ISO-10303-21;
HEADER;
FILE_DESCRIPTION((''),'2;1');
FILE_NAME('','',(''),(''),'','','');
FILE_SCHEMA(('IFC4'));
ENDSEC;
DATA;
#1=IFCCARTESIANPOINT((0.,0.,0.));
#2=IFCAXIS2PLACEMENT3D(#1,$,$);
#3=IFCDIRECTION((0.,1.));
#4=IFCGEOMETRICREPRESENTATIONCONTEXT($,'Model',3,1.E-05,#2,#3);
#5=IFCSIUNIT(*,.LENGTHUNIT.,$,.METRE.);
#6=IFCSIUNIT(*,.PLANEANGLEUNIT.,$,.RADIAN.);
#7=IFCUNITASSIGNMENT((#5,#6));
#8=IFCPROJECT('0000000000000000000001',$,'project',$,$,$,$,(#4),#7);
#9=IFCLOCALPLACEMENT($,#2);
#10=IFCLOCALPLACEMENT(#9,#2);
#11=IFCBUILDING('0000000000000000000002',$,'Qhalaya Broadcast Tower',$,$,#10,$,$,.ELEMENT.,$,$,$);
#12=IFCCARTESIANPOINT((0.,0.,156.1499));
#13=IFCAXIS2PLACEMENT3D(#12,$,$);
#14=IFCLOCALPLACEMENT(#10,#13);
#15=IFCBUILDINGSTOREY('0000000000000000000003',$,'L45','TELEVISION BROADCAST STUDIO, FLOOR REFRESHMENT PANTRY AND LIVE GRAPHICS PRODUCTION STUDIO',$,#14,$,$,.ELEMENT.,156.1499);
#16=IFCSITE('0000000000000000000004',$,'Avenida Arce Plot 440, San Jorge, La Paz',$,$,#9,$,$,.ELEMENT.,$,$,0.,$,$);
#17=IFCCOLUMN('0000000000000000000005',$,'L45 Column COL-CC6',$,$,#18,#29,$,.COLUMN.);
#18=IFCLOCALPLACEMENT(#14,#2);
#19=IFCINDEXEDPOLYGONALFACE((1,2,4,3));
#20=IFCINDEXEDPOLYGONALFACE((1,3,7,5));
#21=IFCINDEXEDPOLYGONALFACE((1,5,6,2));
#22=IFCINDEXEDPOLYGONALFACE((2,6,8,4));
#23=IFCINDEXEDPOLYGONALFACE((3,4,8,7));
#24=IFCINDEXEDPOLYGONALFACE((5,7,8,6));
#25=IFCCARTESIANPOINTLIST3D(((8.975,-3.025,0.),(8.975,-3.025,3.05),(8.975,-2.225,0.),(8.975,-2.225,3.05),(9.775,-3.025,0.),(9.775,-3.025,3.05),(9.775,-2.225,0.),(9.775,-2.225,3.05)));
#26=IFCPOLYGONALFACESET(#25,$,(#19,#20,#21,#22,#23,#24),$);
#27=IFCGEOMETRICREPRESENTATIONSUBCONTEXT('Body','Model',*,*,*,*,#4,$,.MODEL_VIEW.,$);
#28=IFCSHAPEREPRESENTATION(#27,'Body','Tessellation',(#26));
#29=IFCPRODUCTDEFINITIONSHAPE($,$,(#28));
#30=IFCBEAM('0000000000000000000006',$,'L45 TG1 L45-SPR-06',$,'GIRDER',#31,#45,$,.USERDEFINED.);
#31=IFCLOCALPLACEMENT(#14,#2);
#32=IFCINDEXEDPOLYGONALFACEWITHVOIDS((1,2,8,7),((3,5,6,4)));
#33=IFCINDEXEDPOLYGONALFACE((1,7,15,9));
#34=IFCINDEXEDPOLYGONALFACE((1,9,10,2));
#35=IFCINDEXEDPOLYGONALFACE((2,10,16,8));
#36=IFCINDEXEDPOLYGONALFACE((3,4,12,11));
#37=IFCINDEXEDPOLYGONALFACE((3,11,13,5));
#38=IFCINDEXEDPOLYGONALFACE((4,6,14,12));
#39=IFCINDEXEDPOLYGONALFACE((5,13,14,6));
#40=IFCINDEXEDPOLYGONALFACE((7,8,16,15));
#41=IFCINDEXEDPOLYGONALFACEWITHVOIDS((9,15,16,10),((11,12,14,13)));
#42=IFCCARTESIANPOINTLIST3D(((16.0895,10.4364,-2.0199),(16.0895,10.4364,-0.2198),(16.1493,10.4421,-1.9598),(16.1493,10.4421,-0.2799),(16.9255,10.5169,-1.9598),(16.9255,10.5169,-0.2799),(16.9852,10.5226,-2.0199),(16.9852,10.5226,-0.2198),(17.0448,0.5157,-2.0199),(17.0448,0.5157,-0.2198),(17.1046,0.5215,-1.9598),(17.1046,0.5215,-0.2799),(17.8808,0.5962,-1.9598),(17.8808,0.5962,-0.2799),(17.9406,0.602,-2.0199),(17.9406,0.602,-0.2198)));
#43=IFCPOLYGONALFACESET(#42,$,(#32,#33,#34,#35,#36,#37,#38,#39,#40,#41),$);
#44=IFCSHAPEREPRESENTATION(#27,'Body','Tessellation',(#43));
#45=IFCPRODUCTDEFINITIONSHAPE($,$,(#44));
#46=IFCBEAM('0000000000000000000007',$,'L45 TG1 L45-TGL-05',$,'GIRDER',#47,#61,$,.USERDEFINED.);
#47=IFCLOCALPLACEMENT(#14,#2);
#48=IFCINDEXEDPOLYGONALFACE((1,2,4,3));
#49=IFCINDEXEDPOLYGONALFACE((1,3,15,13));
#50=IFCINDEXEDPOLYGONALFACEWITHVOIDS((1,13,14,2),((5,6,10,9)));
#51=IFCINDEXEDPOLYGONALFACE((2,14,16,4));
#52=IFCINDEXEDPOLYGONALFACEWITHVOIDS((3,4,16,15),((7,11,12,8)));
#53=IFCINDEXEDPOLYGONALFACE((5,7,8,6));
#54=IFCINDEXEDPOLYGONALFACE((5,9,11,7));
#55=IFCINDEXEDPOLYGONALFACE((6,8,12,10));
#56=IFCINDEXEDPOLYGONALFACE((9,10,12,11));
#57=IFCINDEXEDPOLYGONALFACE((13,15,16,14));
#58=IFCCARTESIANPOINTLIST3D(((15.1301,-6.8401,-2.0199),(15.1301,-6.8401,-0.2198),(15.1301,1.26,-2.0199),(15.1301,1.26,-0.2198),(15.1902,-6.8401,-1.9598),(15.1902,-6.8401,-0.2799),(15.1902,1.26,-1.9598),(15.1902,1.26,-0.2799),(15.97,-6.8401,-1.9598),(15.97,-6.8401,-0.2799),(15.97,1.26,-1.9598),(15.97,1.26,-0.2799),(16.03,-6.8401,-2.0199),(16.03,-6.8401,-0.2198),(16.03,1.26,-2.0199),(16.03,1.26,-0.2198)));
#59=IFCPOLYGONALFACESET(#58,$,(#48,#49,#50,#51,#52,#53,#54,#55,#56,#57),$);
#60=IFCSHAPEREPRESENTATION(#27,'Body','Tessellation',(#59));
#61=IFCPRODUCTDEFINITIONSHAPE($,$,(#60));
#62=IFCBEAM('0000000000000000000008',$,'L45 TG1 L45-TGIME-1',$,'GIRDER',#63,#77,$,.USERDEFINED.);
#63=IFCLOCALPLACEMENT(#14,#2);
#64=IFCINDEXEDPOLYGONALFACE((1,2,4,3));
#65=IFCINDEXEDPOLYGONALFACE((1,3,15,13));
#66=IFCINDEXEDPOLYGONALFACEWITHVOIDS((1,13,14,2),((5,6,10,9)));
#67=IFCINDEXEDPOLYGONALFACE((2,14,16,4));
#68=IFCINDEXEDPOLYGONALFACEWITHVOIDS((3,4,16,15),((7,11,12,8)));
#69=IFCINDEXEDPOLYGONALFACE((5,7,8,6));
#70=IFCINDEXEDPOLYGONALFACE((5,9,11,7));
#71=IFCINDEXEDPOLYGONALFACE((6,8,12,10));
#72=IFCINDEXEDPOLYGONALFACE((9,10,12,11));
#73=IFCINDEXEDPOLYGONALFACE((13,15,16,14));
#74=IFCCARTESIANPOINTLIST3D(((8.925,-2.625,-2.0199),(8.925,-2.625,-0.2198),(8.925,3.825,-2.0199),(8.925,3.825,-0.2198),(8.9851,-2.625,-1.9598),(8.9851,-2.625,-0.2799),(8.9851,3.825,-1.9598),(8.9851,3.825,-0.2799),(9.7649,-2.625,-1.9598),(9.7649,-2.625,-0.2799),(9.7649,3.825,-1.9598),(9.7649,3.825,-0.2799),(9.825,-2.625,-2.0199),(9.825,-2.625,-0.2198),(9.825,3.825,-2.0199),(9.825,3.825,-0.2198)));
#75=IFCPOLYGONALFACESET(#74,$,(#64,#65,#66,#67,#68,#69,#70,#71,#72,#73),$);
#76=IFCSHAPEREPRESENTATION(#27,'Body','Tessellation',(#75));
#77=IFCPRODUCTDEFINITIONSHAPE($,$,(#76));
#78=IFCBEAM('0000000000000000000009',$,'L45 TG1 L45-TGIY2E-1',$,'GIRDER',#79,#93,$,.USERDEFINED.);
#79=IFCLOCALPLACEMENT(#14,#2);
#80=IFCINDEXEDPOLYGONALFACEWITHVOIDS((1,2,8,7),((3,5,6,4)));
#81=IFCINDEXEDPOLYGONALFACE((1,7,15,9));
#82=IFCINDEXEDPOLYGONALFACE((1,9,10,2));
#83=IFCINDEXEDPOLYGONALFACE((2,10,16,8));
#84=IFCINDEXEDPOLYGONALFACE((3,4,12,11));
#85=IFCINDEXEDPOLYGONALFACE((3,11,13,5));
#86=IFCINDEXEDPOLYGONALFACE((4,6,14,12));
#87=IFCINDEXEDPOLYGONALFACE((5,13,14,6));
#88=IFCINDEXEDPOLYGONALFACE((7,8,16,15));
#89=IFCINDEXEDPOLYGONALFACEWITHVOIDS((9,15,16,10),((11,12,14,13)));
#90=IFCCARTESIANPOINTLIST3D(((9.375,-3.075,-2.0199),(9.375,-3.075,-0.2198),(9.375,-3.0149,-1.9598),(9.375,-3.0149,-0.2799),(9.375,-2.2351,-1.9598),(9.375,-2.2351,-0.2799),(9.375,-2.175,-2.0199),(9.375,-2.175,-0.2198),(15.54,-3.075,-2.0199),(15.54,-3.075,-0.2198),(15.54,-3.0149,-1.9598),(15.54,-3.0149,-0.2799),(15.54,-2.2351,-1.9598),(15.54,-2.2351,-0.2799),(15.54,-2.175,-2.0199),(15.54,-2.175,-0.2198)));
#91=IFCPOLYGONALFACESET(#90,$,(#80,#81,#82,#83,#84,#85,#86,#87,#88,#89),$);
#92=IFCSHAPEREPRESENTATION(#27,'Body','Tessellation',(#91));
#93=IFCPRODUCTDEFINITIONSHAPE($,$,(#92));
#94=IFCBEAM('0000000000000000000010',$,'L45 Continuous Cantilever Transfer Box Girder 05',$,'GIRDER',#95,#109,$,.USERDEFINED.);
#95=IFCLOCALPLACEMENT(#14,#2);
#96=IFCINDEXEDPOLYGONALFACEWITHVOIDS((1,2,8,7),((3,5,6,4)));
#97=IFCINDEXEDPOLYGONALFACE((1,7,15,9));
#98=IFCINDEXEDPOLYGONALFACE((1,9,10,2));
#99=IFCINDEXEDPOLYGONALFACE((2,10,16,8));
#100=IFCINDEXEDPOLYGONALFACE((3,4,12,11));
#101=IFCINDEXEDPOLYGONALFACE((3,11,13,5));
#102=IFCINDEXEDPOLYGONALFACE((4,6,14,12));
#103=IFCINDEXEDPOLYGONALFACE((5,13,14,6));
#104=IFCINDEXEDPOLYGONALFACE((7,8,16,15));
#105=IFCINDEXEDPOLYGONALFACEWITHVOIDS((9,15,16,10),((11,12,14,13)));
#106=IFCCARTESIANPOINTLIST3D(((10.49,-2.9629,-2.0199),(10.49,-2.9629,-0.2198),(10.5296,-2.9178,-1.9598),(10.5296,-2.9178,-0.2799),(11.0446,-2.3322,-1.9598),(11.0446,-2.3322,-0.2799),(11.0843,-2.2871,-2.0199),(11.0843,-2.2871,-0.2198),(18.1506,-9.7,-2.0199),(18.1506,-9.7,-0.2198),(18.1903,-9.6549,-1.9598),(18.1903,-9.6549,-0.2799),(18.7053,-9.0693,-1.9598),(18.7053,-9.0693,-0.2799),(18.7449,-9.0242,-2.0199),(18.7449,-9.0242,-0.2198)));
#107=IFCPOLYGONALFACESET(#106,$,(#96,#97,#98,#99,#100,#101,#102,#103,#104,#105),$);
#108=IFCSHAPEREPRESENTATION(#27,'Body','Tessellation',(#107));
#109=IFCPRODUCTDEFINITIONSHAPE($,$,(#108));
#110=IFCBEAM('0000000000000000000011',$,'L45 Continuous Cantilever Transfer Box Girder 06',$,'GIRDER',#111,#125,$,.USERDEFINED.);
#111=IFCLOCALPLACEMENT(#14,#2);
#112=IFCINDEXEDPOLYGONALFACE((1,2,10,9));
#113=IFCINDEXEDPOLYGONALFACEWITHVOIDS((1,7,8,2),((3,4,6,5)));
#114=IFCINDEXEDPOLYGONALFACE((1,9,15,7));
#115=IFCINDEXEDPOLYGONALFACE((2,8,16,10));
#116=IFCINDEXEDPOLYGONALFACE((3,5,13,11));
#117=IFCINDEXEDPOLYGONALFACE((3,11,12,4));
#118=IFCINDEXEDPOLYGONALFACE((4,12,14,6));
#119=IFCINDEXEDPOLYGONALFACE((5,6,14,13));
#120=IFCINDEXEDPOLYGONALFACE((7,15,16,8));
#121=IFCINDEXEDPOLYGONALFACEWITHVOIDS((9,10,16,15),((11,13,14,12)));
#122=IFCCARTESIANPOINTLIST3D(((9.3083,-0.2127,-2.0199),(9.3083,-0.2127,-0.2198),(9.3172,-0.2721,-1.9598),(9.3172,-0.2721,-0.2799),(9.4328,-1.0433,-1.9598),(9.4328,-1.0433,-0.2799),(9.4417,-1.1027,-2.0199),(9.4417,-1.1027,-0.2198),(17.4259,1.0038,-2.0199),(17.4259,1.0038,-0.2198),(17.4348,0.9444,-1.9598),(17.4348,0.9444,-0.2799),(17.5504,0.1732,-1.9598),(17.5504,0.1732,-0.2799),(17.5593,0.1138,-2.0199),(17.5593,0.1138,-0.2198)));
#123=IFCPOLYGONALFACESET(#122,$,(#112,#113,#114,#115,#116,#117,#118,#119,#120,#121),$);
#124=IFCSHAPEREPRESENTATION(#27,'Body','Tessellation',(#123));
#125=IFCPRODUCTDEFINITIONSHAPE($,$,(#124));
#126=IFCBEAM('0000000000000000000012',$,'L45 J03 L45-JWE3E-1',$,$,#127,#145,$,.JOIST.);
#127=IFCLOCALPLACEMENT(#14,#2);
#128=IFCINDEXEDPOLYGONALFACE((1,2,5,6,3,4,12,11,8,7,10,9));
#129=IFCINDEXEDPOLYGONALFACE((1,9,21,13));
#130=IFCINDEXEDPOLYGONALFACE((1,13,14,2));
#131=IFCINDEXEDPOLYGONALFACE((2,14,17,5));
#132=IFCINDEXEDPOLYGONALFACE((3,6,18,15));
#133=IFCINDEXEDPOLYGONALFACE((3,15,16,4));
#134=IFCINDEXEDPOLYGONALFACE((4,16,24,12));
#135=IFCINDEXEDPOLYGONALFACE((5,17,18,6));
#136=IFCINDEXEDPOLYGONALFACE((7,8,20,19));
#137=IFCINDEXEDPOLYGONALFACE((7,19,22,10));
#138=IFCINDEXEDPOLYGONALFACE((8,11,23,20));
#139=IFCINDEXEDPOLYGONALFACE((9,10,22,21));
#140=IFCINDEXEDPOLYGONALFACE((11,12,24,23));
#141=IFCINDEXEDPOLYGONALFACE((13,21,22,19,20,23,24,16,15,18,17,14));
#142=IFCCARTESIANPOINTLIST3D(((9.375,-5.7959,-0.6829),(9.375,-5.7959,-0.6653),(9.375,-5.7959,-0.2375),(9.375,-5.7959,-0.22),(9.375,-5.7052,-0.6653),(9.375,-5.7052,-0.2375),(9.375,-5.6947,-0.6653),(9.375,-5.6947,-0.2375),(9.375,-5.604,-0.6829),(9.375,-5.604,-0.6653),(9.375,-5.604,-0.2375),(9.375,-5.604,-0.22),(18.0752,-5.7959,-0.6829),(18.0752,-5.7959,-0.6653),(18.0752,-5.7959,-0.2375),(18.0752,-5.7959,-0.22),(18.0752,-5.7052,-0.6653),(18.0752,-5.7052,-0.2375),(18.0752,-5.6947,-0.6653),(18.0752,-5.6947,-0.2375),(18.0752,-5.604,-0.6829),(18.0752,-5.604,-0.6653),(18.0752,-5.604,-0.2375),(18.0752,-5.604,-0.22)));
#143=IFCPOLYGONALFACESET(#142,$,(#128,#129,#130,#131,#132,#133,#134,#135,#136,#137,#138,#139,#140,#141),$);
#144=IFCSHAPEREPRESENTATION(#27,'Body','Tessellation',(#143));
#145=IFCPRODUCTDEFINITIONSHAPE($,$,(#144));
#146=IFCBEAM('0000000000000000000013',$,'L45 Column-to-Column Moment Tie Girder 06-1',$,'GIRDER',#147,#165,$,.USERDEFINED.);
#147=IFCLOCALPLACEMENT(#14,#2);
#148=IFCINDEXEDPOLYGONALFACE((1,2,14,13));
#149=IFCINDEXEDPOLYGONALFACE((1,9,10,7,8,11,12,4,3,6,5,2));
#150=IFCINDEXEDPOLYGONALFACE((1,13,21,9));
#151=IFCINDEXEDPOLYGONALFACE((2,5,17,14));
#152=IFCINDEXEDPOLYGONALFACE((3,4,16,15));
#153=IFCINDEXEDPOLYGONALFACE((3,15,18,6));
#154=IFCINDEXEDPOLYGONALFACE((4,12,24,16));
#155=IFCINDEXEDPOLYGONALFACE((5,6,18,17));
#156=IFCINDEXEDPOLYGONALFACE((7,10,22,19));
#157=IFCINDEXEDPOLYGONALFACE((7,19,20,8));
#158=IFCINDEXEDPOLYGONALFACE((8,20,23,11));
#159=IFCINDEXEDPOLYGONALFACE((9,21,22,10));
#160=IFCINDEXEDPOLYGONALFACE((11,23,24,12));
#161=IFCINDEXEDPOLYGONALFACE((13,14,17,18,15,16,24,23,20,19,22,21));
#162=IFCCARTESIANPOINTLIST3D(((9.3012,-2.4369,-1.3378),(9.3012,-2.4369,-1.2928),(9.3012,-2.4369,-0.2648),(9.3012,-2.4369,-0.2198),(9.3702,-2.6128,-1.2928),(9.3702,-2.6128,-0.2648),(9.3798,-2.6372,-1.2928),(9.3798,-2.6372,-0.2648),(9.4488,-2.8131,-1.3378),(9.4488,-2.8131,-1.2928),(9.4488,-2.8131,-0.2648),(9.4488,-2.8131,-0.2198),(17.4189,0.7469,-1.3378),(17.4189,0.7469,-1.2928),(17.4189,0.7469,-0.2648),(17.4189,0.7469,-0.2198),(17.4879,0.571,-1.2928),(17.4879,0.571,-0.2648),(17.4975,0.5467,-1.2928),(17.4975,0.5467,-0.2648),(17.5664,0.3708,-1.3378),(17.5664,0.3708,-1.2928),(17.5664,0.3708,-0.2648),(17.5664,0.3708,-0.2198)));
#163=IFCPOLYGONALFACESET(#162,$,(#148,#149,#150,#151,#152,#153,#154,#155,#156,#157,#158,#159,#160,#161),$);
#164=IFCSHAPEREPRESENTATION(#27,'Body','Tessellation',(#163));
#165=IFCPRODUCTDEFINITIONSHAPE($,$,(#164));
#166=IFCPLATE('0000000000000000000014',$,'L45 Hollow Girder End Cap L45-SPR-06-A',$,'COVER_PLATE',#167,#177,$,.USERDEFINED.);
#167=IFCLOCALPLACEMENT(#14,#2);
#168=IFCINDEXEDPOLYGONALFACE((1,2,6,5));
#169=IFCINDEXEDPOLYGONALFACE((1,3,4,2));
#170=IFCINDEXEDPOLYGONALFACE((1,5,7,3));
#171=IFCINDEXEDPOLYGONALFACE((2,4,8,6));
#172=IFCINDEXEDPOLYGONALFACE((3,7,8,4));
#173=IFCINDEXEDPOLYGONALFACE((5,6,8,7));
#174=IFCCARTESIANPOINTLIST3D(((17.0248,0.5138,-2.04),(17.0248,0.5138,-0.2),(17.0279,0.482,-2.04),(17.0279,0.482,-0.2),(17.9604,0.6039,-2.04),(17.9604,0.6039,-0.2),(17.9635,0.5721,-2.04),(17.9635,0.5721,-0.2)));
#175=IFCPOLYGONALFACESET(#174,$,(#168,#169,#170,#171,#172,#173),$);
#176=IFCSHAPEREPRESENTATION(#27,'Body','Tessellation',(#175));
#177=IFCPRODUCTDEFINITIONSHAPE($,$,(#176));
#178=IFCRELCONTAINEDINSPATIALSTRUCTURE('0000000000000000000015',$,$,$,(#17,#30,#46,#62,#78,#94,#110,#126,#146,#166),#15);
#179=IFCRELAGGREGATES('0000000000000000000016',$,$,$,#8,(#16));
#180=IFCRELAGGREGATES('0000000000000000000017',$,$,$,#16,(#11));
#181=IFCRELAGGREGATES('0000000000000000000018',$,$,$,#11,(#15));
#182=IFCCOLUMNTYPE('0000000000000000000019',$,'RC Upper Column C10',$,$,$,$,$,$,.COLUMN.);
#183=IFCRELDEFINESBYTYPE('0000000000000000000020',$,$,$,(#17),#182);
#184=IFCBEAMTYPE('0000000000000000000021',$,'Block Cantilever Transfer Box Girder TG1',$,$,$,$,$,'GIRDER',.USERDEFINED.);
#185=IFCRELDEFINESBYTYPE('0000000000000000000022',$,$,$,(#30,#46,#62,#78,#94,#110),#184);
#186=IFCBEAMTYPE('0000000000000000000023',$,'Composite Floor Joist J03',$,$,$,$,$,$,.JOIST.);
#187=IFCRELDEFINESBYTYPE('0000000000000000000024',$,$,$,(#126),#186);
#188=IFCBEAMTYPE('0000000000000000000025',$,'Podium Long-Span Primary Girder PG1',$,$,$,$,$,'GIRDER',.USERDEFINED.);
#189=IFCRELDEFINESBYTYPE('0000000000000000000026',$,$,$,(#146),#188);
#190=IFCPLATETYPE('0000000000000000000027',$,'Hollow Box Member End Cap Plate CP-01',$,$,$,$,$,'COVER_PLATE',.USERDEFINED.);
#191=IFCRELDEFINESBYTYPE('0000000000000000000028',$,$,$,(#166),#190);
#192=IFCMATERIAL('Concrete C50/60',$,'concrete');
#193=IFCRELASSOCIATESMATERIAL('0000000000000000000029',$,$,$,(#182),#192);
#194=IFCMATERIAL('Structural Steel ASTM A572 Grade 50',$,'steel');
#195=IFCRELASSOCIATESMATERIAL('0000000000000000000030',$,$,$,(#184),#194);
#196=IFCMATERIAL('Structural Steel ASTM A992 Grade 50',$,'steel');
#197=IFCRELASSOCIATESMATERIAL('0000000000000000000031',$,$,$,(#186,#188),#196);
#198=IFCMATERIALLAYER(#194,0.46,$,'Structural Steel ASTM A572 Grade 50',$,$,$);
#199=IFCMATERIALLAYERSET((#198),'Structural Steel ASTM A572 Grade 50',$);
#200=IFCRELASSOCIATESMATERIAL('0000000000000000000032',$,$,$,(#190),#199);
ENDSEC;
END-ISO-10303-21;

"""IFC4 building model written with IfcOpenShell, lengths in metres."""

from ifc_helpers import new_model, si_unit, direction, frame, origin, origin_2d, place, context, subcontext, project, spatial, rectangle, hollow_rectangle, i_section, extrude, material, layer, layer_set, material_profile, profile_set, type_object, element, save


model = new_model("IFC4")

# Units and contexts
model_context = context("Model", 3, precision=1e-05, world=origin(), true_north=direction((0.0, 1.0)))
body_context = subcontext(model_context, "Body", "Model", "MODEL_VIEW")
ifc_project = project(units=[si_unit("LENGTHUNIT", "METRE"), si_unit("PLANEANGLEUNIT", "RADIAN")], contexts=[model_context])

# Site, building, storey
site_placement = place(None, origin())
site = spatial("IfcSite", under=ifc_project, at=site_placement, Name="Avenida Arce Plot 440, San Jorge, La Paz", CompositionType="ELEMENT", RefElevation=0.0)
building_placement = place(site_placement, origin())
building = spatial("IfcBuilding", under=site, at=building_placement, Name="Qhalaya Broadcast Tower", CompositionType="ELEMENT")
storey_placement = place(building_placement, frame((0.0, 0.0, 156.1499)))
storey = spatial("IfcBuildingStorey", under=building, at=storey_placement, Name="L45", Description="TELEVISION BROADCAST STUDIO, FLOOR REFRESHMENT PANTRY AND LIVE GRAPHICS PRODUCTION STUDIO", CompositionType="ELEMENT", Elevation=156.1499)

# Column
ifc_material_1 = material(Name="Concrete C50/60", Category="concrete")
ifc_material_profile_1 = material_profile(ifc_material_1, rectangle(XDim=0.8, YDim=0.8, at=origin_2d()), Name="RC-COL 800x800")
ifc_profile_set_1 = profile_set([ifc_material_profile_1], Name="Concrete C50/60")
column_type = type_object("IfcColumnType", Name="RC Upper Column C10", PredefinedType="COLUMN", material=ifc_profile_set_1)
column_placement = place(storey_placement, frame((9.375, -2.625, 0.0), z_axis=(0.0, 0.0, 1.0), x_axis=(1.0, 0.0, 0.0)))
element("IfcColumn", 1, at=column_placement, inside=storey, type_object=column_type, Name="L45 Column COL-CC6", PredefinedType="COLUMN", context=body_context, shape_type="SweptSolid", body=[
    extrude(rectangle(XDim=0.8, YDim=0.8, at=origin_2d()), origin(), (0.0, 0.0, 1.0), 3.05),
])

# Beams
ifc_material_2 = material(Name="Structural Steel ASTM A572 Grade 50", Category="steel")
ifc_material_profile_2 = material_profile(ifc_material_2, hollow_rectangle(XDim=0.8999, YDim=1.8, WallThickness=0.0601, at=origin_2d()), Name="BOX 900x1800x60")
ifc_profile_set_2 = profile_set([ifc_material_profile_2], Name="Structural Steel ASTM A572 Grade 50")
beam_type_1 = type_object("IfcBeamType", Name="Block Cantilever Transfer Box Girder TG1", ElementType="GIRDER", PredefinedType="USERDEFINED", material=ifc_profile_set_2)
beam_1_placement = place(storey_placement, frame((17.4927, 0.5588, -1.1199), z_axis=(-0.095853, 0.995396, 0.0), x_axis=(-0.995396, -0.095853, 0.0)))
element("IfcBeam", 2, at=beam_1_placement, inside=storey, type_object=beam_type_1, Name="L45 TG1 L45-SPR-06", ObjectType="GIRDER", PredefinedType="USERDEFINED", context=body_context, shape_type="SweptSolid", body=[
    extrude(hollow_rectangle(XDim=0.8999, YDim=1.8, WallThickness=0.0601, at=origin_2d()), origin(), (0.0, 0.0, 1.0), 9.9666),
])
beam_2_placement = place(storey_placement, frame((15.5801, -6.8401, -1.1199), z_axis=(0.0, 1.0, 0.0), x_axis=(-1.0, 0.0, 0.0)))
element("IfcBeam", 3, at=beam_2_placement, inside=storey, type_object=beam_type_1, Name="L45 TG1 L45-TGL-05", ObjectType="GIRDER", PredefinedType="USERDEFINED", context=body_context, shape_type="SweptSolid", body=[
    extrude(hollow_rectangle(XDim=0.8999, YDim=1.8, WallThickness=0.0601, at=origin_2d()), origin(), (0.0, 0.0, 1.0), 8.1001),
])
beam_3_placement = place(storey_placement, frame((9.375, -2.625, -1.1199), z_axis=(0.0, 1.0, 0.0), x_axis=(-1.0, 0.0, 0.0)))
element("IfcBeam", 4, at=beam_3_placement, inside=storey, type_object=beam_type_1, Name="L45 TG1 L45-TGIME-1", ObjectType="GIRDER", PredefinedType="USERDEFINED", context=body_context, shape_type="SweptSolid", body=[
    extrude(hollow_rectangle(XDim=0.8999, YDim=1.8, WallThickness=0.0601, at=origin_2d()), origin(), (0.0, 0.0, 1.0), 6.45),
])
beam_4_placement = place(storey_placement, frame((9.375, -2.625, -1.1199), z_axis=(1.0, 0.0, 0.0), x_axis=(0.0, 1.0, 0.0)))
element("IfcBeam", 5, at=beam_4_placement, inside=storey, type_object=beam_type_1, Name="L45 TG1 L45-TGIY2E-1", ObjectType="GIRDER", PredefinedType="USERDEFINED", context=body_context, shape_type="SweptSolid", body=[
    extrude(hollow_rectangle(XDim=0.8999, YDim=1.8, WallThickness=0.0601, at=origin_2d()), origin(), (0.0, 0.0, 1.0), 6.165),
])
beam_5_placement = place(storey_placement, frame((10.7871, -2.625, -1.1199), z_axis=(0.750923, -0.66039, 0.0), x_axis=(0.66039, 0.750923, 0.0)))
element("IfcBeam", 6, at=beam_5_placement, inside=storey, type_object=beam_type_1, Name="L45 Continuous Cantilever Transfer Box Girder 05", ObjectType="GIRDER", PredefinedType="USERDEFINED", context=body_context, shape_type="SweptSolid", body=[
    extrude(hollow_rectangle(XDim=0.8999, YDim=1.8, WallThickness=0.0601, at=origin_2d()), origin(), (0.0, 0.0, 1.0), 10.2017),
])
beam_6_placement = place(storey_placement, frame((9.375, -0.6577, -1.1199), z_axis=(0.988956, 0.14821, 0.0), x_axis=(-0.14821, 0.988956, 0.0)))
element("IfcBeam", 7, at=beam_6_placement, inside=storey, type_object=beam_type_1, Name="L45 Continuous Cantilever Transfer Box Girder 06", ObjectType="GIRDER", PredefinedType="USERDEFINED", context=body_context, shape_type="SweptSolid", body=[
    extrude(hollow_rectangle(XDim=0.8999, YDim=1.8, WallThickness=0.0601, at=origin_2d()), origin(), (0.0, 0.0, 1.0), 8.2083),
])
ifc_material_3 = material(Name="Structural Steel ASTM A992 Grade 50", Category="steel")
ifc_material_profile_3 = material_profile(ifc_material_3, i_section(OverallWidth=0.1919, OverallDepth=0.4629, WebThickness=0.0105, FlangeThickness=0.0176, at=origin_2d()), Name="W18X60")
ifc_profile_set_3 = profile_set([ifc_material_profile_3], Name="Structural Steel ASTM A992 Grade 50")
beam_type_2 = type_object("IfcBeamType", Name="Composite Floor Joist J03", PredefinedType="JOIST", material=ifc_profile_set_3)
beam_7_placement = place(storey_placement, frame((9.375, -5.7, -0.4514), z_axis=(1.0, 0.0, 0.0), x_axis=(0.0, 1.0, 0.0)))
element("IfcBeam", 8, at=beam_7_placement, inside=storey, type_object=beam_type_2, Name="L45 J03 L45-JWE3E-1", PredefinedType="JOIST", context=body_context, shape_type="SweptSolid", body=[
    extrude(i_section(OverallWidth=0.1919, OverallDepth=0.4629, WebThickness=0.0105, FlangeThickness=0.0176, at=origin_2d()), origin(), (0.0, 0.0, 1.0), 8.7002),
])
ifc_material_profile_4 = material_profile(ifc_material_3, i_section(OverallWidth=0.4041, OverallDepth=1.1179, WebThickness=0.0261, FlangeThickness=0.0449, at=origin_2d()), Name="W44X335")
ifc_profile_set_4 = profile_set([ifc_material_profile_4], Name="Structural Steel ASTM A992 Grade 50")
beam_type_3 = type_object("IfcBeamType", Name="Podium Long-Span Primary Girder PG1", ElementType="GIRDER", PredefinedType="USERDEFINED", material=ifc_profile_set_4)
beam_8_placement = place(storey_placement, frame((9.375, -2.625, -0.7788), z_axis=(0.930956, 0.365131, 0.0), x_axis=(-0.365131, 0.930956, 0.0)))
element("IfcBeam", 9, at=beam_8_placement, inside=storey, type_object=beam_type_3, Name="L45 Column-to-Column Moment Tie Girder 06-1", ObjectType="GIRDER", PredefinedType="USERDEFINED", context=body_context, shape_type="SweptSolid", body=[
    extrude(i_section(OverallWidth=0.4041, OverallDepth=1.1179, WebThickness=0.0261, FlangeThickness=0.0449, at=origin_2d()), origin(), (0.0, 0.0, 1.0), 8.7197),
])

# Plate
ifc_layer_1 = layer(ifc_material_2, 0.46, Name="Structural Steel ASTM A572 Grade 50")
ifc_layer_set_1 = layer_set([ifc_layer_1], Name="Structural Steel ASTM A572 Grade 50")
plate_type_1 = type_object("IfcPlateType", Name="Hollow Box Member End Cap Plate CP-01", ElementType="COVER_PLATE", PredefinedType="USERDEFINED", material=ifc_layer_set_1)
for number, where, z_axis, x_axis, name in (
    (10, (17.4941, 0.543, -2.04), (0.0, 0.0, 1.0), (-0.995396, -0.095846, 0.0), "L45 Hollow Girder End Cap L45-SPR-06-A"),
):
    element("IfcPlate", number, at=place(storey_placement, frame(where, z_axis=z_axis, x_axis=x_axis)), inside=storey, type_object=plate_type_1, Name=name, ObjectType="COVER_PLATE", PredefinedType="USERDEFINED", context=body_context, shape_type="SweptSolid", body=[
        extrude(rectangle(XDim=0.9399, YDim=0.032, at=origin_2d()), origin(), (0.0, 0.0, 1.0), 1.8401),
    ])

save(model, "model.ifc")
